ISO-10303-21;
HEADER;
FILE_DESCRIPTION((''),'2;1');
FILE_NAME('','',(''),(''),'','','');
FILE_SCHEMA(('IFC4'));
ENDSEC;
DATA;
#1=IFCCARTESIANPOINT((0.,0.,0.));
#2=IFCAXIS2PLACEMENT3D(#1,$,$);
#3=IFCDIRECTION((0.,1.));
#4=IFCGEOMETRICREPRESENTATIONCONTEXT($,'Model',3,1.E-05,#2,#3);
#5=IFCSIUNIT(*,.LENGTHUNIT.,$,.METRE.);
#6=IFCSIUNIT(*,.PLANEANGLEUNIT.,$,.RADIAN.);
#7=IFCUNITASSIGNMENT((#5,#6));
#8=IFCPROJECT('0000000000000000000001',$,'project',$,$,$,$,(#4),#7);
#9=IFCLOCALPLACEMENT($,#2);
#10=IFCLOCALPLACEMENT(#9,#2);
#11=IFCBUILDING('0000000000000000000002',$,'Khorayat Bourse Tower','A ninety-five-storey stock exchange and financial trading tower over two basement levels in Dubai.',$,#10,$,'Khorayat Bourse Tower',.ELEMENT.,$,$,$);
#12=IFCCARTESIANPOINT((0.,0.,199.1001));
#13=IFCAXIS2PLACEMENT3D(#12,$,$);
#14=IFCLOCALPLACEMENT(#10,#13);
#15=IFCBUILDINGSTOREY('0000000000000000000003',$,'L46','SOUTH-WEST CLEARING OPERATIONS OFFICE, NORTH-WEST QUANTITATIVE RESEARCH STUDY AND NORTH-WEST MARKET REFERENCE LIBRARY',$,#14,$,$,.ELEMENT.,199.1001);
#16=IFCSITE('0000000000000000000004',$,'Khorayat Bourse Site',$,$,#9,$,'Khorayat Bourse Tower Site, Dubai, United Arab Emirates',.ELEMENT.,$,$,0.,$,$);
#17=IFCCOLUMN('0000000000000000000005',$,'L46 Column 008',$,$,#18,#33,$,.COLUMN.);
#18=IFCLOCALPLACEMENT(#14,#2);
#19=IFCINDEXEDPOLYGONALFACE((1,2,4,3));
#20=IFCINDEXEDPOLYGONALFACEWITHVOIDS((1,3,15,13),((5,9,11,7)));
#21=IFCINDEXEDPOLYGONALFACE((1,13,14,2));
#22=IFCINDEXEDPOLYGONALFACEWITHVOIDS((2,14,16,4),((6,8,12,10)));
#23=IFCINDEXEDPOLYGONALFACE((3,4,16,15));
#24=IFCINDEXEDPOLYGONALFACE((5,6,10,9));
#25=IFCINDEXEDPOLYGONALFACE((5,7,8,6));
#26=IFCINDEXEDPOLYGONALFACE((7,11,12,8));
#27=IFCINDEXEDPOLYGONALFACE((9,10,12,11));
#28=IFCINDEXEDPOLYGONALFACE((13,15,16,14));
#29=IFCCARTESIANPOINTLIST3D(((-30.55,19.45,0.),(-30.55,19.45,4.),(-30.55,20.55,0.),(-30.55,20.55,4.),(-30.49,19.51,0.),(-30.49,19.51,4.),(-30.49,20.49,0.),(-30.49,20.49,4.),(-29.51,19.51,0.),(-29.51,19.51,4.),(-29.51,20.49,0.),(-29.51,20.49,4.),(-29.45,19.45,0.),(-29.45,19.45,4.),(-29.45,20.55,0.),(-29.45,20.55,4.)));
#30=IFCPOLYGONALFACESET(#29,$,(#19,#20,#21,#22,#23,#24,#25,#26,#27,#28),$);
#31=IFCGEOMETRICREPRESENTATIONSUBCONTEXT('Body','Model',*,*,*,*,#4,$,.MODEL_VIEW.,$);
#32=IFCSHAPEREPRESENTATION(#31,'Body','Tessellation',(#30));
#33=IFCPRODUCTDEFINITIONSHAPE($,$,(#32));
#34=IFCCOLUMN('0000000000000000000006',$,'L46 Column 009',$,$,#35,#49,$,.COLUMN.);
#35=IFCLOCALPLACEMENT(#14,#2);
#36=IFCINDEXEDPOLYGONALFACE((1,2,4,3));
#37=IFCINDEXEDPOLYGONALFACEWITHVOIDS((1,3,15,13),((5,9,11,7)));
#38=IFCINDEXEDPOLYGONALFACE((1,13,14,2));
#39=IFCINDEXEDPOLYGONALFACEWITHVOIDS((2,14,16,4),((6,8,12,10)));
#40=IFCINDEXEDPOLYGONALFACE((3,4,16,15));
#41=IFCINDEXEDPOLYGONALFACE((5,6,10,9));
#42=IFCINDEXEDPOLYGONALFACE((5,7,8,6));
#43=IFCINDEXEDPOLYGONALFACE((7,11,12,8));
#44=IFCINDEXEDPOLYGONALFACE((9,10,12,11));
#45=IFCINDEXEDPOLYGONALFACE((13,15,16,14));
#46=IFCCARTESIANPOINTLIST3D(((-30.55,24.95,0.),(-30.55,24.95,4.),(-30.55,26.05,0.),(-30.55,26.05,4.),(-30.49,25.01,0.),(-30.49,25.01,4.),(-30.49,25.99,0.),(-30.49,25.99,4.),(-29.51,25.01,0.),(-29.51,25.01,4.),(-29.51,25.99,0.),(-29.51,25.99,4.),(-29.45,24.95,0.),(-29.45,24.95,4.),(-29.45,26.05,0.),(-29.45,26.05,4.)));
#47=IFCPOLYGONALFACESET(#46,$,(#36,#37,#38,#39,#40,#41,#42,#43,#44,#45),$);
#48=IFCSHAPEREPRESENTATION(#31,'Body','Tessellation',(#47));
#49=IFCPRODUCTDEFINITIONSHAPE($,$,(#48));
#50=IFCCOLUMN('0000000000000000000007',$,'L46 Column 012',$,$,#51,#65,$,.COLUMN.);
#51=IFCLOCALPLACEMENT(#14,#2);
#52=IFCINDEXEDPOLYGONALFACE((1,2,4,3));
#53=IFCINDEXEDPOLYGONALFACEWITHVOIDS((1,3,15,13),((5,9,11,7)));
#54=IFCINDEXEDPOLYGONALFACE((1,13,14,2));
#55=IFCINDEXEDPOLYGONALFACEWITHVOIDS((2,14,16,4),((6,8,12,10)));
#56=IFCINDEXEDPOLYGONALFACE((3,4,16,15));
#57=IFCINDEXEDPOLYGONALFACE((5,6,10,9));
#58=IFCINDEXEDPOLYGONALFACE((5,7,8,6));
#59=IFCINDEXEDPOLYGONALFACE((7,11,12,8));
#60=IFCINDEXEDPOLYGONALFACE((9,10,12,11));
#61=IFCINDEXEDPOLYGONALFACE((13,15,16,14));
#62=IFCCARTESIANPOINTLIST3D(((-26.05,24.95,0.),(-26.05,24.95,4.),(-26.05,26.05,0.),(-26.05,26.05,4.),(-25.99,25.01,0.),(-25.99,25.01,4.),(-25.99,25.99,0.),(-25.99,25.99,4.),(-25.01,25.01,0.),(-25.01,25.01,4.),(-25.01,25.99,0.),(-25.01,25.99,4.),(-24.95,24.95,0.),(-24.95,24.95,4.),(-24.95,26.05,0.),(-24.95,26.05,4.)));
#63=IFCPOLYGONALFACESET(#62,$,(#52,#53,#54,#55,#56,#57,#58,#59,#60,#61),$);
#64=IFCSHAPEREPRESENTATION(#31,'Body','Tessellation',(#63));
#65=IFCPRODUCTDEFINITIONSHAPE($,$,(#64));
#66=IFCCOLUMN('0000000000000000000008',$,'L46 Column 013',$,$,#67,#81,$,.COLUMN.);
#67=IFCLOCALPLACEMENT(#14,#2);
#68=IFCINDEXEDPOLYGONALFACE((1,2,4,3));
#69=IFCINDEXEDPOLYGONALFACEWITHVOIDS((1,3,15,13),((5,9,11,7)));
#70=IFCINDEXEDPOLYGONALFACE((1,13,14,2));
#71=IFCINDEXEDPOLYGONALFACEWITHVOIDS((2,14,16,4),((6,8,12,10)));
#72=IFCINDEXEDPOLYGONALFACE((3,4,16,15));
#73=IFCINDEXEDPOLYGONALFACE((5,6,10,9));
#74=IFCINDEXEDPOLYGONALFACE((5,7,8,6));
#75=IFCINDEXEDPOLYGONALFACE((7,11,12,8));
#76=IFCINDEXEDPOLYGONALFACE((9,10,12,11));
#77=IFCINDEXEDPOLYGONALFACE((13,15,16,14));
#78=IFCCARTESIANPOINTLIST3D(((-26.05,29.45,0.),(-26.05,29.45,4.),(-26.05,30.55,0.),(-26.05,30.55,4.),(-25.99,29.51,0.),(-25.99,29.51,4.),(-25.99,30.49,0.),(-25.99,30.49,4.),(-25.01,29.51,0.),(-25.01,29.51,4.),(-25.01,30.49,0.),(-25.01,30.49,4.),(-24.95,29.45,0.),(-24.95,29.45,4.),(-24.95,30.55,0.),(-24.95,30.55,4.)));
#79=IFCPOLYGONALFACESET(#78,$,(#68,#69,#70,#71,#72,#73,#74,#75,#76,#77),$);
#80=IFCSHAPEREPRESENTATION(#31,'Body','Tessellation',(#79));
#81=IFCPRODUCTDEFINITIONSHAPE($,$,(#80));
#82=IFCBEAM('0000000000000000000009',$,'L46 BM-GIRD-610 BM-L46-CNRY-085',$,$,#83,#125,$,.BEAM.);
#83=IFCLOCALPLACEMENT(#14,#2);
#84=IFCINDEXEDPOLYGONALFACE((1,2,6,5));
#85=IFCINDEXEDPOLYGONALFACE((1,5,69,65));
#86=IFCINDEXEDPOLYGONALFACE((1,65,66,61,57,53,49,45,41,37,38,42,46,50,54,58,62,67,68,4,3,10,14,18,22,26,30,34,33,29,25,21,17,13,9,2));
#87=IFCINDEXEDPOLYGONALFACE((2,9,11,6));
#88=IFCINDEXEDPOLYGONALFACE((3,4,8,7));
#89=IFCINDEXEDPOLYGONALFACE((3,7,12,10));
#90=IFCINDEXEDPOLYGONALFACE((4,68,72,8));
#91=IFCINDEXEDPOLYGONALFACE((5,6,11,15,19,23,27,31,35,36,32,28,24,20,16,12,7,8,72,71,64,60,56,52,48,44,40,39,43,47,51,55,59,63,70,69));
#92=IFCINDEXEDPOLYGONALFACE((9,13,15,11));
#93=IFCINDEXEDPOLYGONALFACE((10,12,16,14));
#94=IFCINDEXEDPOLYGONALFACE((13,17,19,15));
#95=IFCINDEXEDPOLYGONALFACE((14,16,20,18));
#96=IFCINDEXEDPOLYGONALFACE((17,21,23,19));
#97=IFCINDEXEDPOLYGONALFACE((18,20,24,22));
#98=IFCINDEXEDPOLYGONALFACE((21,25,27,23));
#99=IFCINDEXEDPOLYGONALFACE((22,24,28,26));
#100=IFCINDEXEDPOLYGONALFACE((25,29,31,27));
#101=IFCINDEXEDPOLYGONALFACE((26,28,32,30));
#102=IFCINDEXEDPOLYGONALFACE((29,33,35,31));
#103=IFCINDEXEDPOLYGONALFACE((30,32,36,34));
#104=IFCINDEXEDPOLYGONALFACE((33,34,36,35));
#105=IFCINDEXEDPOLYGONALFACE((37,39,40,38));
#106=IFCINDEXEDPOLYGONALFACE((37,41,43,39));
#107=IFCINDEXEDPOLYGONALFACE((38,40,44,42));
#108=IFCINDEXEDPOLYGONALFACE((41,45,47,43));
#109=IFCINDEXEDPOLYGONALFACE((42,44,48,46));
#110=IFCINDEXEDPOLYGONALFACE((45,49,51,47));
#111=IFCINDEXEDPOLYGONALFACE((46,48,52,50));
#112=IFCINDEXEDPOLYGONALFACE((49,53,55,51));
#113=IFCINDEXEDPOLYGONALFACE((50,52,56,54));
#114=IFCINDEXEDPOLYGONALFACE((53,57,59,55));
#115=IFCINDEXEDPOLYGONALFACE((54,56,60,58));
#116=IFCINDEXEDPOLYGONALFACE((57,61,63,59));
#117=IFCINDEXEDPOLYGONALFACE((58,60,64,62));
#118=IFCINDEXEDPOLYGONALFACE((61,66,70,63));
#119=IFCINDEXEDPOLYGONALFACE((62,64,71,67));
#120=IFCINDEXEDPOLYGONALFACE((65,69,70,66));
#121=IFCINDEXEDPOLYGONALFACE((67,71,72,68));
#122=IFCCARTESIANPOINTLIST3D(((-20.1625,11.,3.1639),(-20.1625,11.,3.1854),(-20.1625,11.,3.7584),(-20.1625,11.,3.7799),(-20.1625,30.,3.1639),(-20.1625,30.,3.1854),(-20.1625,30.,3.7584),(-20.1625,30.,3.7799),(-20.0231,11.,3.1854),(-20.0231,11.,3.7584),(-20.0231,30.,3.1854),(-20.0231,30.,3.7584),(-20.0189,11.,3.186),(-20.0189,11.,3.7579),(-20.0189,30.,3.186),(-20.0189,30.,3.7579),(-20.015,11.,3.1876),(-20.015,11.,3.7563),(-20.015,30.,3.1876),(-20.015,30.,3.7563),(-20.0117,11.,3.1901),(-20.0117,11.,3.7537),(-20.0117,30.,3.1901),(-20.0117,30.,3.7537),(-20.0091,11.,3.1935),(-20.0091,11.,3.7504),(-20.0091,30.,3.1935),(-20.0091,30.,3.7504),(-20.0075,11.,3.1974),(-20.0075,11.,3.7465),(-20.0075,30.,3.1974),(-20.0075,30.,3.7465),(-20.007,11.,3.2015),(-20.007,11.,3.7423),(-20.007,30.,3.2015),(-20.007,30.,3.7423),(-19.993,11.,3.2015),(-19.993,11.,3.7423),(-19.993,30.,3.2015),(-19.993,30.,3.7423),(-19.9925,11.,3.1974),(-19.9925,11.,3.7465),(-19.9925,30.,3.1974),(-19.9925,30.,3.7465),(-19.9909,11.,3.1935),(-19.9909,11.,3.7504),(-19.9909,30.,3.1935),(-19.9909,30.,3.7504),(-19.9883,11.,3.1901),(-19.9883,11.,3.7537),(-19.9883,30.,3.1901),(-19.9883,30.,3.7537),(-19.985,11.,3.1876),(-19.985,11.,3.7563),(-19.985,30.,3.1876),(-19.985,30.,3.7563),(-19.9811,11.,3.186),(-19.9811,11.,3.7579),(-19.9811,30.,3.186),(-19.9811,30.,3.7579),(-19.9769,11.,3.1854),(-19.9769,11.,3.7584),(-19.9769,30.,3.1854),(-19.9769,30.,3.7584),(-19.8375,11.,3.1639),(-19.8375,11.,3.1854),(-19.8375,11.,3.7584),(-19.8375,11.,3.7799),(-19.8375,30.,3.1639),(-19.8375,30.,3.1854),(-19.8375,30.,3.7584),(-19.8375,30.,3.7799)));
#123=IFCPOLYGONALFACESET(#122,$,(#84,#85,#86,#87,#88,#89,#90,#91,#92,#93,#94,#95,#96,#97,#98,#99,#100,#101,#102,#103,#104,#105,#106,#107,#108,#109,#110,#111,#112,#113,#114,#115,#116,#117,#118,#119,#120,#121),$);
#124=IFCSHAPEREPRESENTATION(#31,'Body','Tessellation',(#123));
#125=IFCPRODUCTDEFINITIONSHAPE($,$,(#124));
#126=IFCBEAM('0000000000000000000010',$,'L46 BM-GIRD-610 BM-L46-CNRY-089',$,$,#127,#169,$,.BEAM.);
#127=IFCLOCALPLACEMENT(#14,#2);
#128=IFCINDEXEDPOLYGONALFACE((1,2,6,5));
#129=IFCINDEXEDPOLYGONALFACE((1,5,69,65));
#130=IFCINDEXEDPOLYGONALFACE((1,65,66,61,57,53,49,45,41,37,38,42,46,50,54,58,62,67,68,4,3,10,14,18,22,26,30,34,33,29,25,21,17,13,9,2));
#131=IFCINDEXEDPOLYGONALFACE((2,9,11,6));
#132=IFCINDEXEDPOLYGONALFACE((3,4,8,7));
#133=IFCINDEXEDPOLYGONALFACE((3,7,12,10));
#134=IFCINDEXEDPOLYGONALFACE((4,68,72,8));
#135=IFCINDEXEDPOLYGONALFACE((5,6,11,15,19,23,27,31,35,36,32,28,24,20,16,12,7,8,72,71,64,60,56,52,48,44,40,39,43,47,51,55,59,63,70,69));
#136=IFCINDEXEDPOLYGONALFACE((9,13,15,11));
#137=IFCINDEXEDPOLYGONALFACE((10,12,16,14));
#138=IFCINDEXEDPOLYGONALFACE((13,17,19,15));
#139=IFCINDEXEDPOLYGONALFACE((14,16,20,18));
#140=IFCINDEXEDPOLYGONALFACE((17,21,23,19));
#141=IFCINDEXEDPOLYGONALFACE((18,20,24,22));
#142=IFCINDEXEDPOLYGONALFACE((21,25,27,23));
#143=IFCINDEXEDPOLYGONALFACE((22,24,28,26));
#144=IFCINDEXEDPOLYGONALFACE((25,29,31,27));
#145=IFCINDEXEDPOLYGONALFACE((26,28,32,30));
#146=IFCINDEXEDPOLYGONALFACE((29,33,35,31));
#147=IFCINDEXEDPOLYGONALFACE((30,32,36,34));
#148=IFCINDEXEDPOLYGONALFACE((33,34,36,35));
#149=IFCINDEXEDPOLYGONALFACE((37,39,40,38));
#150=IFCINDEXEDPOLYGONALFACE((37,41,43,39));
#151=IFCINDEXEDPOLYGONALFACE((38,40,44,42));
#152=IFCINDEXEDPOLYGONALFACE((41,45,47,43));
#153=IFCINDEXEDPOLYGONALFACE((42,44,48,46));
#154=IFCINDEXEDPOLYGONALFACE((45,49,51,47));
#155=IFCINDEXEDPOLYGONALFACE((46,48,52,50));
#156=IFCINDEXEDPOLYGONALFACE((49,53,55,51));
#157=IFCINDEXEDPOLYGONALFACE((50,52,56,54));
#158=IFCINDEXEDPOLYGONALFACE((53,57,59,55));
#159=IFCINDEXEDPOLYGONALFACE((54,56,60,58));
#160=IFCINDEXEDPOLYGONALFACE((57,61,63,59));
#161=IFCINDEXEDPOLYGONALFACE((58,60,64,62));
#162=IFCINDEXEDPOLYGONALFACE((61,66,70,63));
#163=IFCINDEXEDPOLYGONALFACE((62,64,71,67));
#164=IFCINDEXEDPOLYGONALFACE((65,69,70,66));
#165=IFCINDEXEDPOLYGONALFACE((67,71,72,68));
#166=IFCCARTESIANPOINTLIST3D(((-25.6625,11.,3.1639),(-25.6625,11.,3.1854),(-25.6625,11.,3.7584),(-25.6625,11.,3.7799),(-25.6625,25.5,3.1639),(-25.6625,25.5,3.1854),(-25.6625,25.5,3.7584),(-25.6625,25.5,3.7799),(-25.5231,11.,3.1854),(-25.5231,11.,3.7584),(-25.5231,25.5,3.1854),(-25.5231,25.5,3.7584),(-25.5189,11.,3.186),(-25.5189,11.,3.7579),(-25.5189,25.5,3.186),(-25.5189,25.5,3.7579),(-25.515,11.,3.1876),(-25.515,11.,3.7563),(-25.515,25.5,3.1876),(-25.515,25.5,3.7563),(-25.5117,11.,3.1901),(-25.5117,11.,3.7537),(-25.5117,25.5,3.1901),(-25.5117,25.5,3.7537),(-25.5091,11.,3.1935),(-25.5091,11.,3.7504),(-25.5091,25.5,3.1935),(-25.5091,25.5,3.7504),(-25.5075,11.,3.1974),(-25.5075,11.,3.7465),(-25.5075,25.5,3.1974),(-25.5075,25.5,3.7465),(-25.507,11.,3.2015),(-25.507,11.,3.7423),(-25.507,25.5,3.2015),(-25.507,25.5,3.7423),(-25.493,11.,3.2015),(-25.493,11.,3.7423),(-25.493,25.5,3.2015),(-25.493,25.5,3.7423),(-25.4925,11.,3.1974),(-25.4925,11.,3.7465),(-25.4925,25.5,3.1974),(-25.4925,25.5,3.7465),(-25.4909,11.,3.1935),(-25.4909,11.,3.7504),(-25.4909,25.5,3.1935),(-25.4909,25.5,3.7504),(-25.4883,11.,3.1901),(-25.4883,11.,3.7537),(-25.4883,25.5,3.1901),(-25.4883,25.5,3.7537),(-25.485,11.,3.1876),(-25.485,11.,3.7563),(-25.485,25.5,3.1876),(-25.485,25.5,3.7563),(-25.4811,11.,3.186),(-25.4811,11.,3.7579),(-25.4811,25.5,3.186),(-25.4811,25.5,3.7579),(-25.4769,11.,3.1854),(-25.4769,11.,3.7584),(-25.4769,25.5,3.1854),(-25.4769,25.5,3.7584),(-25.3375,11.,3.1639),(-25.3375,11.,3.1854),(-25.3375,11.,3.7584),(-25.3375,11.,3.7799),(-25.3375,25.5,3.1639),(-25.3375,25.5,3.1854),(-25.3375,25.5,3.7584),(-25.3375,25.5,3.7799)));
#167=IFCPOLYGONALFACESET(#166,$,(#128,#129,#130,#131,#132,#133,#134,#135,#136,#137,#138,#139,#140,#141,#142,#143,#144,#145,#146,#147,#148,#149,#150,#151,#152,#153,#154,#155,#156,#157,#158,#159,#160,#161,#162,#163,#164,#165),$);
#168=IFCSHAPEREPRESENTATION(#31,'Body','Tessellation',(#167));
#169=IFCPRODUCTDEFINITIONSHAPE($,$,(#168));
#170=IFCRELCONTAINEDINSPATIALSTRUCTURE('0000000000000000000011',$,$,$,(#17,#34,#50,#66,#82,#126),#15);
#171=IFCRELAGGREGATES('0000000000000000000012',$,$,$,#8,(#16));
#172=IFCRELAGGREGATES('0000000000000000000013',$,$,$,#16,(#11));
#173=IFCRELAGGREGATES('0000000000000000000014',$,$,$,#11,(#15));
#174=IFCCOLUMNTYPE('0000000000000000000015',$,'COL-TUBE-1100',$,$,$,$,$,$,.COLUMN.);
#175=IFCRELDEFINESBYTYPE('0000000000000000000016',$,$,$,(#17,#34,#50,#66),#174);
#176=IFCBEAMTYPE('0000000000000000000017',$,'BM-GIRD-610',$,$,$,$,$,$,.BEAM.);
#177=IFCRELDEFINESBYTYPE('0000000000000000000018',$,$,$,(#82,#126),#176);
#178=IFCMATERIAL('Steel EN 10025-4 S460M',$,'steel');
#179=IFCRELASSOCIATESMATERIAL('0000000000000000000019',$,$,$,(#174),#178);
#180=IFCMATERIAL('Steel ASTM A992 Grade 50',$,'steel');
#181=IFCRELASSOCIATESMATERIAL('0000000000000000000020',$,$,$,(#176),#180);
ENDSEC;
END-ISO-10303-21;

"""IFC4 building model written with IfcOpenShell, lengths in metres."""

from ifc_helpers import new_model, si_unit, direction, frame, origin, origin_2d, place, context, subcontext, project, spatial, hollow_rectangle, i_section, extrude, source, transform, mapped, material, material_profile, profile_set, type_object, element, save


model = new_model("IFC4")

# Units and contexts
model_context = context("Model", 3, precision=1e-05, world=origin(), true_north=direction((0.0, 1.0)))
body_context = subcontext(model_context, "Body", "Model", "MODEL_VIEW")
ifc_project = project(units=[si_unit("LENGTHUNIT", "METRE"), si_unit("PLANEANGLEUNIT", "RADIAN")], contexts=[model_context])

# Site, building, storey
site_placement = place(None, origin())
site = spatial("IfcSite", under=ifc_project, at=site_placement, Name="Khorayat Bourse Site", LongName="Khorayat Bourse Tower Site, Dubai, United Arab Emirates", CompositionType="ELEMENT", RefElevation=0.0)
building_placement = place(site_placement, origin())
building = spatial("IfcBuilding", under=site, at=building_placement, Name="Khorayat Bourse Tower", Description="A ninety-five-storey stock exchange and financial trading tower over two basement levels in Dubai.", LongName="Khorayat Bourse Tower", CompositionType="ELEMENT")
storey_placement = place(building_placement, frame((0.0, 0.0, 199.1001)))
storey = spatial("IfcBuildingStorey", under=building, at=storey_placement, Name="L46", Description="SOUTH-WEST CLEARING OPERATIONS OFFICE, NORTH-WEST QUANTITATIVE RESEARCH STUDY AND NORTH-WEST MARKET REFERENCE LIBRARY", CompositionType="ELEMENT", Elevation=199.1001)

# Columns
ifc_material_1 = material(Name="Steel EN 10025-4 S460M", Category="steel")
ifc_material_profile_1 = material_profile(ifc_material_1, hollow_rectangle(XDim=1.1001, YDim=1.1001, WallThickness=0.0601, at=origin_2d()), Name="BOX 1100x1100x60")
ifc_profile_set_1 = profile_set([ifc_material_profile_1], Name="Steel EN 10025-4 S460M")
column_type = type_object("IfcColumnType", Name="COL-TUBE-1100", PredefinedType="COLUMN", material=ifc_profile_set_1)
shared_shape_1 = source(origin(), body_context, "Body", "SweptSolid", [
    extrude(hollow_rectangle(XDim=1.1001, YDim=1.1001, WallThickness=0.0601, at=origin_2d()), origin(), (0.0, 0.0, 1.0), 4.0),
])
for number, where, z_axis, x_axis, name in (
    (1, (-30.0, 20.0, 0.0), (0.0, 0.0, 1.0), (1.0, 0.0, 0.0), "L46 Column 008"),
    (2, (-30.0, 25.5, 0.0), (0.0, 0.0, 1.0), (1.0, 0.0, 0.0), "L46 Column 009"),
    (3, (-25.5, 25.5, 0.0), (0.0, 0.0, 1.0), (1.0, 0.0, 0.0), "L46 Column 012"),
    (4, (-25.5, 30.0, 0.0), (0.0, 0.0, 1.0), (1.0, 0.0, 0.0), "L46 Column 013"),
):
    element("IfcColumn", number, at=place(storey_placement, frame(where, z_axis=z_axis, x_axis=x_axis)), inside=storey, type_object=column_type, Name=name, PredefinedType="COLUMN", context=body_context, shape_type="MappedRepresentation", body=[
        mapped(shared_shape_1, transform((0.0, 0.0, 0.0), scale=1.0)),
    ])

# Beams
ifc_material_2 = material(Name="Steel ASTM A992 Grade 50", Category="steel")
ifc_material_profile_2 = material_profile(ifc_material_2, i_section(OverallWidth=0.325, OverallDepth=0.616, WebThickness=0.0139, FlangeThickness=0.0215, FilletRadius=0.0161, at=origin_2d()), Name="W610X174")
ifc_profile_set_2 = profile_set([ifc_material_profile_2], Name="Steel ASTM A992 Grade 50")
beam_type_1 = type_object("IfcBeamType", Name="BM-GIRD-610", PredefinedType="BEAM", material=ifc_profile_set_2)
shared_shape_2 = source(origin(), body_context, "Body", "SweptSolid", [
    extrude(i_section(OverallWidth=0.325, OverallDepth=0.616, WebThickness=0.0139, FlangeThickness=0.0215, FilletRadius=0.0161, at=origin_2d()), origin(), (0.0, 0.0, 1.0), 19.0),
])
beam_1_placement = place(storey_placement, frame((-20.0, 11.0, 3.4719), z_axis=(0.0, 1.0, 0.0), x_axis=(-1.0, 0.0, 0.0)))
element("IfcBeam", 5, at=beam_1_placement, inside=storey, type_object=beam_type_1, Name="L46 BM-GIRD-610 BM-L46-CNRY-085", PredefinedType="BEAM", context=body_context, shape_type="MappedRepresentation", body=[
    mapped(shared_shape_2, transform((0.0, 0.0, 0.0), scale=1.0)),
])
shared_shape_3 = source(origin(), body_context, "Body", "SweptSolid", [
    extrude(i_section(OverallWidth=0.325, OverallDepth=0.616, WebThickness=0.0139, FlangeThickness=0.0215, FilletRadius=0.0161, at=origin_2d()), origin(), (0.0, 0.0, 1.0), 14.5),
])
beam_2_placement = place(storey_placement, frame((-25.5, 11.0, 3.4719), z_axis=(0.0, 1.0, 0.0), x_axis=(-1.0, 0.0, 0.0)))
element("IfcBeam", 6, at=beam_2_placement, inside=storey, type_object=beam_type_1, Name="L46 BM-GIRD-610 BM-L46-CNRY-089", PredefinedType="BEAM", context=body_context, shape_type="MappedRepresentation", body=[
    mapped(shared_shape_3, transform((0.0, 0.0, 0.0), scale=1.0)),
])

save(model, "model.ifc")
